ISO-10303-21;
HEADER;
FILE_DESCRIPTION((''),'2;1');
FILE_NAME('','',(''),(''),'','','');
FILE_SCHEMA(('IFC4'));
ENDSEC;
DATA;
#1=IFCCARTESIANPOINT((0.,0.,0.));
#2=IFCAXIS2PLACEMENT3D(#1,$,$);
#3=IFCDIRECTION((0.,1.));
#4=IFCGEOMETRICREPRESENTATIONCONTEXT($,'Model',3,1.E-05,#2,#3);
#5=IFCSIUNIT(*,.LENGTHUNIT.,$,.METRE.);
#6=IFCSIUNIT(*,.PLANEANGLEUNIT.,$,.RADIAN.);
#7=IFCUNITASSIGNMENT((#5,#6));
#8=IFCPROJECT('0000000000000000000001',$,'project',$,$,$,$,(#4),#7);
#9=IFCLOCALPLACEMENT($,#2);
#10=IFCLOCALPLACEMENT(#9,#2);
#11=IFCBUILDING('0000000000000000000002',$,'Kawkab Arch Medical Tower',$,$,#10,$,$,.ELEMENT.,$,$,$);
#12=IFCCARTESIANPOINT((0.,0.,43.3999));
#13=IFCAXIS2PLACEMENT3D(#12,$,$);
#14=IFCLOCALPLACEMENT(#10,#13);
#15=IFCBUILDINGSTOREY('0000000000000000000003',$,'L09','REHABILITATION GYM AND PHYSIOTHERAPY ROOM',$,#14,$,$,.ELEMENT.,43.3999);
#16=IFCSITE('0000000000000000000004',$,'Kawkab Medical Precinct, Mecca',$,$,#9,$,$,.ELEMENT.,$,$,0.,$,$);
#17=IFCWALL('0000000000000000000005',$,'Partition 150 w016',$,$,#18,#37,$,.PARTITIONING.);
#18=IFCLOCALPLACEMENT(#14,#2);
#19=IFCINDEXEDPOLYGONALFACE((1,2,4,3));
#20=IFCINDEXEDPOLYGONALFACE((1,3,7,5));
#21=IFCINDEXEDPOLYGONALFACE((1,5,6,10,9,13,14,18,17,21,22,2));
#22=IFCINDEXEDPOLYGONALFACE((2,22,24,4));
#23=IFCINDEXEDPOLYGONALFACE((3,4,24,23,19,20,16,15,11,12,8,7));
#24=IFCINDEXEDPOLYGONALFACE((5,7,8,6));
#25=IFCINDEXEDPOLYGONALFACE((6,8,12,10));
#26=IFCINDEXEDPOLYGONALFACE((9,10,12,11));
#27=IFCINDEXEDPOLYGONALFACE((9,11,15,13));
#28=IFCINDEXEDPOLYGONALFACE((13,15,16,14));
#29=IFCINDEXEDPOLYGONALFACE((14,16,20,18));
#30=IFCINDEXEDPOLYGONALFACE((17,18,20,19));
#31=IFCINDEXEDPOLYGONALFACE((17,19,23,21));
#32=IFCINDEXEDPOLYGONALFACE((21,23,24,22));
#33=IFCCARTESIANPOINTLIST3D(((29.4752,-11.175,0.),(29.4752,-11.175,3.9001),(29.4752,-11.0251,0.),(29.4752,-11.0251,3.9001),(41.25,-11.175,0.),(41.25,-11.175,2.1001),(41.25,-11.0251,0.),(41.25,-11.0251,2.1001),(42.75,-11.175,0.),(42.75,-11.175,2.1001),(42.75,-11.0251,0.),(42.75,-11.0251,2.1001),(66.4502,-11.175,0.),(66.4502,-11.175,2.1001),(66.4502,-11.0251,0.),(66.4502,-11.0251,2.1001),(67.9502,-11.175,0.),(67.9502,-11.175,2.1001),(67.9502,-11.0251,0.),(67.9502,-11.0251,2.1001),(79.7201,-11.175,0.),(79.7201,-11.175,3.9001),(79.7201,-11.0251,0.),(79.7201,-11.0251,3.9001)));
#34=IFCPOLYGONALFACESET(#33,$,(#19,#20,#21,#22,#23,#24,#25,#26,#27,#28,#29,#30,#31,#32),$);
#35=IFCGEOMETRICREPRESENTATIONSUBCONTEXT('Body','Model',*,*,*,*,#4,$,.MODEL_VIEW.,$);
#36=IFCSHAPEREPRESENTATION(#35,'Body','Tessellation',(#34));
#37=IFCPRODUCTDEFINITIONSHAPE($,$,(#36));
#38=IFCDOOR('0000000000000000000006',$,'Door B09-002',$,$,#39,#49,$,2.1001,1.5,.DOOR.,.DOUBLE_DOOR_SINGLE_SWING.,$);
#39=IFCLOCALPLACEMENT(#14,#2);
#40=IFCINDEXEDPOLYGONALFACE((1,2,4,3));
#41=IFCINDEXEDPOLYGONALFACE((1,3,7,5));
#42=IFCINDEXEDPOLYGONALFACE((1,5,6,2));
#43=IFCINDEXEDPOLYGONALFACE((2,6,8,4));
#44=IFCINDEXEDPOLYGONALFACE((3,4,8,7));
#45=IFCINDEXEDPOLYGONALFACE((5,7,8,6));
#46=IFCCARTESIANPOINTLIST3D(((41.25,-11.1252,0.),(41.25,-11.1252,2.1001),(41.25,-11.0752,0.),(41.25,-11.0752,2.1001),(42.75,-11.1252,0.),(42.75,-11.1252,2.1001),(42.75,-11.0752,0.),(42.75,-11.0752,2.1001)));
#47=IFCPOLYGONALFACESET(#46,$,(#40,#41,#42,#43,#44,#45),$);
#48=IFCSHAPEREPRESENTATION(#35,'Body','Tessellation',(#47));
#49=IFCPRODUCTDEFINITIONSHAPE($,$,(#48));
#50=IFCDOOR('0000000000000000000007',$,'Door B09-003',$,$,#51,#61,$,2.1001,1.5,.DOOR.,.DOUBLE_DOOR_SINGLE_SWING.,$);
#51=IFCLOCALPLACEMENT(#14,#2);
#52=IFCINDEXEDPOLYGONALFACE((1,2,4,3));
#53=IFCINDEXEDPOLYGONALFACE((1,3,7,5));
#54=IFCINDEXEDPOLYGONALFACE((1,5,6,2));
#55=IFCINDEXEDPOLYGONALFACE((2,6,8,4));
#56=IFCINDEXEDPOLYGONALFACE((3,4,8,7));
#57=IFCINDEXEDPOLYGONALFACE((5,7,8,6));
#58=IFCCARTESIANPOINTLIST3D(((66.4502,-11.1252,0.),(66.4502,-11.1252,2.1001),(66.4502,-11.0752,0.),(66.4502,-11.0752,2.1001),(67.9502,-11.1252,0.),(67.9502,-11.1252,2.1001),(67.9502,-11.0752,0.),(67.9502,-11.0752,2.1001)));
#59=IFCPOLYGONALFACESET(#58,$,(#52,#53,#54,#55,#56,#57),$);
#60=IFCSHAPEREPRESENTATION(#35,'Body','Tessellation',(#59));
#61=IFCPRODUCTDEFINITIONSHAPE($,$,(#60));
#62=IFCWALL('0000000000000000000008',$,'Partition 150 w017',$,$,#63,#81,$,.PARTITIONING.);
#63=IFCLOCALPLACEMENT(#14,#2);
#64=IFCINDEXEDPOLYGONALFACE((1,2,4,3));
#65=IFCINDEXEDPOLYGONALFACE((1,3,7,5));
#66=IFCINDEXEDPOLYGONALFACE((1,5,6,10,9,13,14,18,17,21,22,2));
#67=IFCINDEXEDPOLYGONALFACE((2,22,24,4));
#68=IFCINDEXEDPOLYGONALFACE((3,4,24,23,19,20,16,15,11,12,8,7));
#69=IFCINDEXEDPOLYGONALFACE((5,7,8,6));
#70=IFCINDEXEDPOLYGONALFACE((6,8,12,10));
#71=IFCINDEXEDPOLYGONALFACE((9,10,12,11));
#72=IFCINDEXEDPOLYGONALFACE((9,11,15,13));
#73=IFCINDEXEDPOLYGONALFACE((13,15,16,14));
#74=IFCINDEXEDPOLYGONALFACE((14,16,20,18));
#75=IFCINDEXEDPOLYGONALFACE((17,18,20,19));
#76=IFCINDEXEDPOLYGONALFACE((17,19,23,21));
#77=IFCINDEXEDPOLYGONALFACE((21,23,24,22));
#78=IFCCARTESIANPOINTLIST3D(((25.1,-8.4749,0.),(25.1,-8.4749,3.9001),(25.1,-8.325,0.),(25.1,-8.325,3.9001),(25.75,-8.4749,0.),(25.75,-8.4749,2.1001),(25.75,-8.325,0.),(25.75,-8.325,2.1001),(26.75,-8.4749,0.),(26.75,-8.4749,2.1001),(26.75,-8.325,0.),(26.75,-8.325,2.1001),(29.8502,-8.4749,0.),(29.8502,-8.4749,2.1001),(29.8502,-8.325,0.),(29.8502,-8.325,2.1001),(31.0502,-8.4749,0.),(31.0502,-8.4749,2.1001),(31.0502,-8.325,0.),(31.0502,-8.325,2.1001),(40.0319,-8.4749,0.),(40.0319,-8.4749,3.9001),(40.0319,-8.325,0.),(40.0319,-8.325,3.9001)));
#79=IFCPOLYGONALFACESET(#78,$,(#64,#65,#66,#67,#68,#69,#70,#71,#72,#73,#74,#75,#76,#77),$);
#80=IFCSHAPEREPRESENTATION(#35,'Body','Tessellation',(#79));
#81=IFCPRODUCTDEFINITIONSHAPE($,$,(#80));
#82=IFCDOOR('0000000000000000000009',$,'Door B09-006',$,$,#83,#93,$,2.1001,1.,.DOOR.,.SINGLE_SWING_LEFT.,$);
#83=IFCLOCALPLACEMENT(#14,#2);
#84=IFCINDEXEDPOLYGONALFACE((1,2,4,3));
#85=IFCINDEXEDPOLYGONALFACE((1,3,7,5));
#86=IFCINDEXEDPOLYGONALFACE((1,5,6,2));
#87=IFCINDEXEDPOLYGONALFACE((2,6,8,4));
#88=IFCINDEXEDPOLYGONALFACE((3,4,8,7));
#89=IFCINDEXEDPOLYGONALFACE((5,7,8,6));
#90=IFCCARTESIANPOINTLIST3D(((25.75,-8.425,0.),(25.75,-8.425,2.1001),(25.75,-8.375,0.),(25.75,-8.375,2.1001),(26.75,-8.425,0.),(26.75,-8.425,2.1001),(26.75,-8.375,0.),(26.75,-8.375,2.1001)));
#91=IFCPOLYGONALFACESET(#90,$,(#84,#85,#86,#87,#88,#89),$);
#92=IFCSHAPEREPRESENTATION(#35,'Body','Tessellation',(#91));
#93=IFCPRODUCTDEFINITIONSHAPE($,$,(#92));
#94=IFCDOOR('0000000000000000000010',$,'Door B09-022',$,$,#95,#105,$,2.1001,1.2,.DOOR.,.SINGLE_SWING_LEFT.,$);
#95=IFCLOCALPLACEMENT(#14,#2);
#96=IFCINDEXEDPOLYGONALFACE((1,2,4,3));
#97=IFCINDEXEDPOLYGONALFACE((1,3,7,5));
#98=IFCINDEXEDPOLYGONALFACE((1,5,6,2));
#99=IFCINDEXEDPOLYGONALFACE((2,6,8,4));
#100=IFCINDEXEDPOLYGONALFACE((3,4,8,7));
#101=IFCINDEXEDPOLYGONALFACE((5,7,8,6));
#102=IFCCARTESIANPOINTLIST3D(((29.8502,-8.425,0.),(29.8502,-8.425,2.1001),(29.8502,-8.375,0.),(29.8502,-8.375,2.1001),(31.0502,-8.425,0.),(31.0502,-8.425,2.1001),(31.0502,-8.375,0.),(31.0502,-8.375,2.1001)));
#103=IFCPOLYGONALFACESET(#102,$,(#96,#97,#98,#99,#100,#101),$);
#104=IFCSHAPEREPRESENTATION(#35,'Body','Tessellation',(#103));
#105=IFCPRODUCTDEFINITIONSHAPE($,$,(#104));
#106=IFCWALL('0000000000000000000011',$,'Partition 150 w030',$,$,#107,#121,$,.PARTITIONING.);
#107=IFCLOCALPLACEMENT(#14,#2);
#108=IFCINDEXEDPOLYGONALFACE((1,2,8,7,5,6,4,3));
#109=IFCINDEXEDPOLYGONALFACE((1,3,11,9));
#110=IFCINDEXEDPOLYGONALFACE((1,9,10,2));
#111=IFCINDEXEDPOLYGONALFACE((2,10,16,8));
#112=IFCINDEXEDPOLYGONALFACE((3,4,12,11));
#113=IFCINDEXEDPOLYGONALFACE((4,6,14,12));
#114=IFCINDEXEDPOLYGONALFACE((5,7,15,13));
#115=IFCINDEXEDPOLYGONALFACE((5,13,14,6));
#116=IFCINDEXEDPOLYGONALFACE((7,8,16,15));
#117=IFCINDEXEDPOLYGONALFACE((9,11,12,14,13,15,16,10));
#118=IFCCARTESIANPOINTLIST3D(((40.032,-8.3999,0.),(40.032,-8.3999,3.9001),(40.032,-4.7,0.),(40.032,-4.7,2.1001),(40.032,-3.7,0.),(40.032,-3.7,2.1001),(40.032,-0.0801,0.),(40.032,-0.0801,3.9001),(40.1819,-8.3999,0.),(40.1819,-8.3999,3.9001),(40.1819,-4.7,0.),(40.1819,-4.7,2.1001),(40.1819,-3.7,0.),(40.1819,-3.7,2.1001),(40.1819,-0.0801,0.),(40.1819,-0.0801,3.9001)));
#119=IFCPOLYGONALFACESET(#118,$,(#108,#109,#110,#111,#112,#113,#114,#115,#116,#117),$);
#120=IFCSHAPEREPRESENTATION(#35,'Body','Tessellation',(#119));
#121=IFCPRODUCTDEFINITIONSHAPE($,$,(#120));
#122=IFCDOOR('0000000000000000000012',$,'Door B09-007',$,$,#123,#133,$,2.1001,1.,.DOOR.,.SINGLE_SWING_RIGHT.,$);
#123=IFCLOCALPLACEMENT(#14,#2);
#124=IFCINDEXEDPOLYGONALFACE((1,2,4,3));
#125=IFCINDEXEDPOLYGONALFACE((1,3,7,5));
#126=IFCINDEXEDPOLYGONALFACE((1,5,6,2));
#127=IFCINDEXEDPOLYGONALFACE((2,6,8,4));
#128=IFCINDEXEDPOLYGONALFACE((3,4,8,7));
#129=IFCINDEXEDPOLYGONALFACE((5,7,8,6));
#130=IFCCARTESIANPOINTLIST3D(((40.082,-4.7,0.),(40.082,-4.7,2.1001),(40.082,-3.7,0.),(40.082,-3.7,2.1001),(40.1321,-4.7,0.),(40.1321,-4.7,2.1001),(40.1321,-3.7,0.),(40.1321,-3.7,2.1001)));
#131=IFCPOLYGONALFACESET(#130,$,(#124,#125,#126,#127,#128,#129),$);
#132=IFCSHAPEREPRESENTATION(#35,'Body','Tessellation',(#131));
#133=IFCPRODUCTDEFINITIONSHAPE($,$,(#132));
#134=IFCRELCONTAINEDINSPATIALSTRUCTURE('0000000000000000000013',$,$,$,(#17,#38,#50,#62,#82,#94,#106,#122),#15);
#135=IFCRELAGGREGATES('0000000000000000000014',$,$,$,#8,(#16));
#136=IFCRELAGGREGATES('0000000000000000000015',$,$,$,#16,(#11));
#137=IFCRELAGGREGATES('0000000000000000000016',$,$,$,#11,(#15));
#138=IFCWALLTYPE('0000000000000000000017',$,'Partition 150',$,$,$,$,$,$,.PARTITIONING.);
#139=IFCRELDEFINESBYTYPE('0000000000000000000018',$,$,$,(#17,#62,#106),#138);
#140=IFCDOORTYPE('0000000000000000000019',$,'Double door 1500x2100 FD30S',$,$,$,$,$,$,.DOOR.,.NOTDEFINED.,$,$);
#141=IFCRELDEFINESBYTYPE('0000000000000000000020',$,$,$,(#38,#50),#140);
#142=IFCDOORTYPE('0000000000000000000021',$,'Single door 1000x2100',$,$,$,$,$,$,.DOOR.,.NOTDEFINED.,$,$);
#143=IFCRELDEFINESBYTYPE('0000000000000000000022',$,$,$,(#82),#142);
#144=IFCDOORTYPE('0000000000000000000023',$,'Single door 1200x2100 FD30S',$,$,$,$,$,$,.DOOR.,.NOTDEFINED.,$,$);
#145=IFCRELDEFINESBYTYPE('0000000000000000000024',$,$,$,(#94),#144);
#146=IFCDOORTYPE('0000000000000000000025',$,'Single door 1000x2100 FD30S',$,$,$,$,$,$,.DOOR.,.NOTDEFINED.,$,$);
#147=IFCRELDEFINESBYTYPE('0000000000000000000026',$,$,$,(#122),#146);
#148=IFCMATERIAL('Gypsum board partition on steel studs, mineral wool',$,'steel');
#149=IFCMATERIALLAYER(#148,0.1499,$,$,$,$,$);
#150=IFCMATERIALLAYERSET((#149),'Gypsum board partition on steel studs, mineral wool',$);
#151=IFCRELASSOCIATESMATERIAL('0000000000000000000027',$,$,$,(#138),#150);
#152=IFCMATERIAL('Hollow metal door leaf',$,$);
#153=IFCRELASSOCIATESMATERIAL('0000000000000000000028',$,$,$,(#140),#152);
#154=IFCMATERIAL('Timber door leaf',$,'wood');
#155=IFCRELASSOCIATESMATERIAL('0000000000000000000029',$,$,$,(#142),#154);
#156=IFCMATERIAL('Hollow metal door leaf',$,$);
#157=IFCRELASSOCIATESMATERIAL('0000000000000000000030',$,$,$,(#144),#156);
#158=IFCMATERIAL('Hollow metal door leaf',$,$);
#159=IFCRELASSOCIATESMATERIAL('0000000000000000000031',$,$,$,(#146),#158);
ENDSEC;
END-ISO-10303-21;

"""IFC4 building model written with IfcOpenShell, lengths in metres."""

from ifc_helpers import new_model, si_unit, direction, frame, frame_2d, origin, place, context, subcontext, project, spatial, rectangle, extrude, material, layer, layer_set, type_object, element, fill, save


model = new_model("IFC4")

# Units and contexts
model_context = context("Model", 3, precision=1e-05, world=origin(), true_north=direction((0.0, 1.0)))
body_context = subcontext(model_context, "Body", "Model", "MODEL_VIEW")
ifc_project = project(units=[si_unit("LENGTHUNIT", "METRE"), si_unit("PLANEANGLEUNIT", "RADIAN")], contexts=[model_context])

# Site, building, storey
site_placement = place(None, origin())
site = spatial("IfcSite", under=ifc_project, at=site_placement, Name="Kawkab Medical Precinct, Mecca", CompositionType="ELEMENT", RefElevation=0.0)
building_placement = place(site_placement, origin())
building = spatial("IfcBuilding", under=site, at=building_placement, Name="Kawkab Arch Medical Tower", CompositionType="ELEMENT")
storey_placement = place(building_placement, frame((0.0, 0.0, 43.3999)))
storey = spatial("IfcBuildingStorey", under=building, at=storey_placement, Name="L09", Description="REHABILITATION GYM AND PHYSIOTHERAPY ROOM", CompositionType="ELEMENT", Elevation=43.3999)

# Shared definitions
ifc_material_1 = material(Name="Gypsum board partition on steel studs, mineral wool", Category="steel")
ifc_layer_1 = layer(ifc_material_1, 0.1499)
ifc_layer_set_1 = layer_set([ifc_layer_1], Name="Gypsum board partition on steel studs, mineral wool")
wall_type = type_object("IfcWallType", Name="Partition 150", PredefinedType="PARTITIONING", material=ifc_layer_set_1)
ifc_material_2 = material(Name="Hollow metal door leaf")
door_type_1 = type_object("IfcDoorType", Name="Double door 1500x2100 FD30S", OperationType="NOTDEFINED", PredefinedType="DOOR", material=ifc_material_2)

# Walls, openings, doors
wall_1_placement = place(storey_placement, frame((29.4751, -11.1001, 0.0), z_axis=(0.0, 0.0, 1.0), x_axis=(1.0, 0.0, 0.0)))
wall_1 = element("IfcWall", 1, at=wall_1_placement, inside=storey, type_object=wall_type, Name="Partition 150 w016", PredefinedType="PARTITIONING", context=body_context, shape_type="SweptSolid", body=[
    extrude(rectangle(XDim=50.2449, YDim=0.1499, at=frame_2d((25.1226, 0.0))), origin(), (0.0, 0.0, 1.0), 3.9001),
])
opening_1_placement = place(wall_1_placement, frame((11.7749, 0.0, 0.0)))
opening_1 = element("IfcOpeningElement", 2, at=opening_1_placement, cuts=wall_1, PredefinedType="OPENING", context=body_context, shape_type="SweptSolid", body=[
    extrude(rectangle(XDim=1.5, YDim=2.1001, at=frame_2d((0.75, 1.05))), frame((0.0, 0.085, 0.0), z_axis=(0.0, -1.0, 0.0), x_axis=(1.0, 0.0, 0.0)), (0.0, 0.0, 1.0), 0.1699),
])
opening_2_placement = place(wall_1_placement, frame((36.9751, 0.0, 0.0)))
opening_2 = element("IfcOpeningElement", 3, at=opening_2_placement, cuts=wall_1, PredefinedType="OPENING", context=body_context, shape_type="SweptSolid", body=[
    extrude(rectangle(XDim=1.5, YDim=2.1001, at=frame_2d((0.75, 1.05))), frame((0.0, 0.085, 0.0), z_axis=(0.0, -1.0, 0.0), x_axis=(1.0, 0.0, 0.0)), (0.0, 0.0, 1.0), 0.1699),
])
door_1_placement = place(opening_1_placement, origin())
door_1 = element("IfcDoor", 4, at=door_1_placement, inside=storey, type_object=door_type_1, Name="Door B09-002", OperationType="DOUBLE_DOOR_SINGLE_SWING", OverallHeight=2.1001, OverallWidth=1.5, PredefinedType="DOOR", context=body_context, shape_type="SweptSolid", body=[
    extrude(rectangle(XDim=1.5, YDim=2.1001, at=frame_2d((0.75, 1.05))), frame((0.0, 0.0249, 0.0), z_axis=(0.0, -1.0, 0.0), x_axis=(1.0, 0.0, 0.0)), (0.0, 0.0, 1.0), 0.05),
])
fill(opening_1, door_1)
door_2_placement = place(opening_2_placement, origin())
door_2 = element("IfcDoor", 5, at=door_2_placement, inside=storey, type_object=door_type_1, Name="Door B09-003", OperationType="DOUBLE_DOOR_SINGLE_SWING", OverallHeight=2.1001, OverallWidth=1.5, PredefinedType="DOOR", context=body_context, shape_type="SweptSolid", body=[
    extrude(rectangle(XDim=1.5, YDim=2.1001, at=frame_2d((0.75, 1.05))), frame((0.0, 0.0249, 0.0), z_axis=(0.0, -1.0, 0.0), x_axis=(1.0, 0.0, 0.0)), (0.0, 0.0, 1.0), 0.05),
])
fill(opening_2, door_2)
wall_2_placement = place(storey_placement, frame((25.1001, -8.3999, 0.0), z_axis=(0.0, 0.0, 1.0), x_axis=(1.0, 0.0, 0.0)))
wall_2 = element("IfcWall", 6, at=wall_2_placement, inside=storey, type_object=wall_type, Name="Partition 150 w017", PredefinedType="PARTITIONING", context=body_context, shape_type="SweptSolid", body=[
    extrude(rectangle(XDim=14.9319, YDim=0.1499, at=frame_2d((7.4658, 0.0))), origin(), (0.0, 0.0, 1.0), 3.9001),
])
opening_3_placement = place(wall_2_placement, frame((0.6499, 0.0, 0.0)))
opening_3 = element("IfcOpeningElement", 7, at=opening_3_placement, cuts=wall_2, PredefinedType="OPENING", context=body_context, shape_type="SweptSolid", body=[
    extrude(rectangle(XDim=1.0, YDim=2.1001, at=frame_2d((0.5, 1.05))), frame((0.0, 0.085, 0.0), z_axis=(0.0, -1.0, 0.0), x_axis=(1.0, 0.0, 0.0)), (0.0, 0.0, 1.0), 0.1699),
])
opening_4_placement = place(wall_2_placement, frame((4.75, 0.0, 0.0)))
opening_4 = element("IfcOpeningElement", 8, at=opening_4_placement, cuts=wall_2, PredefinedType="OPENING", context=body_context, shape_type="SweptSolid", body=[
    extrude(rectangle(XDim=1.2, YDim=2.1001, at=frame_2d((0.6001, 1.05))), frame((0.0, 0.085, 0.0), z_axis=(0.0, -1.0, 0.0), x_axis=(1.0, 0.0, 0.0)), (0.0, 0.0, 1.0), 0.1699),
])
ifc_material_3 = material(Name="Timber door leaf", Category="wood")
door_type_2 = type_object("IfcDoorType", Name="Single door 1000x2100", OperationType="NOTDEFINED", PredefinedType="DOOR", material=ifc_material_3)
door_3_placement = place(opening_3_placement, origin())
door_3 = element("IfcDoor", 9, at=door_3_placement, inside=storey, type_object=door_type_2, Name="Door B09-006", OperationType="SINGLE_SWING_LEFT", OverallHeight=2.1001, OverallWidth=1.0, PredefinedType="DOOR", context=body_context, shape_type="SweptSolid", body=[
    extrude(rectangle(XDim=1.0, YDim=2.1001, at=frame_2d((0.5, 1.05))), frame((0.0, 0.0249, 0.0), z_axis=(0.0, -1.0, 0.0), x_axis=(1.0, 0.0, 0.0)), (0.0, 0.0, 1.0), 0.05),
])
fill(opening_3, door_3)
ifc_material_4 = material(Name="Hollow metal door leaf")
door_type_3 = type_object("IfcDoorType", Name="Single door 1200x2100 FD30S", OperationType="NOTDEFINED", PredefinedType="DOOR", material=ifc_material_4)
door_4_placement = place(opening_4_placement, origin())
door_4 = element("IfcDoor", 10, at=door_4_placement, inside=storey, type_object=door_type_3, Name="Door B09-022", OperationType="SINGLE_SWING_LEFT", OverallHeight=2.1001, OverallWidth=1.2, PredefinedType="DOOR", context=body_context, shape_type="SweptSolid", body=[
    extrude(rectangle(XDim=1.2, YDim=2.1001, at=frame_2d((0.6001, 1.05))), frame((0.0, 0.0249, 0.0), z_axis=(0.0, -1.0, 0.0), x_axis=(1.0, 0.0, 0.0)), (0.0, 0.0, 1.0), 0.05),
])
fill(opening_4, door_4)

# Wall, opening, door
wall_3_placement = place(storey_placement, frame((40.1069, -8.3999, 0.0), z_axis=(0.0, 0.0, 1.0), x_axis=(0.0, 1.0, 0.0)))
wall_3 = element("IfcWall", 11, at=wall_3_placement, inside=storey, type_object=wall_type, Name="Partition 150 w030", PredefinedType="PARTITIONING", context=body_context, shape_type="SweptSolid", body=[
    extrude(rectangle(XDim=8.3198, YDim=0.1499, at=frame_2d((4.1599, 0.0))), origin(), (0.0, 0.0, 1.0), 3.9001),
])
opening_5_placement = place(wall_3_placement, frame((3.7, 0.0, 0.0)))
opening_5 = element("IfcOpeningElement", 12, at=opening_5_placement, cuts=wall_3, PredefinedType="OPENING", context=body_context, shape_type="SweptSolid", body=[
    extrude(rectangle(XDim=1.0, YDim=2.1001, at=frame_2d((0.5, 1.05))), frame((0.0, 0.085, 0.0), z_axis=(0.0, -1.0, 0.0), x_axis=(1.0, 0.0, 0.0)), (0.0, 0.0, 1.0), 0.1699),
])
ifc_material_5 = material(Name="Hollow metal door leaf")
door_type_4 = type_object("IfcDoorType", Name="Single door 1000x2100 FD30S", OperationType="NOTDEFINED", PredefinedType="DOOR", material=ifc_material_5)
door_5_placement = place(opening_5_placement, origin())
door_5 = element("IfcDoor", 13, at=door_5_placement, inside=storey, type_object=door_type_4, Name="Door B09-007", OperationType="SINGLE_SWING_RIGHT", OverallHeight=2.1001, OverallWidth=1.0, PredefinedType="DOOR", context=body_context, shape_type="SweptSolid", body=[
    extrude(rectangle(XDim=1.0, YDim=2.1001, at=frame_2d((0.5, 1.05))), frame((0.0, 0.0249, 0.0), z_axis=(0.0, -1.0, 0.0), x_axis=(1.0, 0.0, 0.0)), (0.0, 0.0, 1.0), 0.05),
])
fill(opening_5, door_5)

save(model, "model.ifc")
